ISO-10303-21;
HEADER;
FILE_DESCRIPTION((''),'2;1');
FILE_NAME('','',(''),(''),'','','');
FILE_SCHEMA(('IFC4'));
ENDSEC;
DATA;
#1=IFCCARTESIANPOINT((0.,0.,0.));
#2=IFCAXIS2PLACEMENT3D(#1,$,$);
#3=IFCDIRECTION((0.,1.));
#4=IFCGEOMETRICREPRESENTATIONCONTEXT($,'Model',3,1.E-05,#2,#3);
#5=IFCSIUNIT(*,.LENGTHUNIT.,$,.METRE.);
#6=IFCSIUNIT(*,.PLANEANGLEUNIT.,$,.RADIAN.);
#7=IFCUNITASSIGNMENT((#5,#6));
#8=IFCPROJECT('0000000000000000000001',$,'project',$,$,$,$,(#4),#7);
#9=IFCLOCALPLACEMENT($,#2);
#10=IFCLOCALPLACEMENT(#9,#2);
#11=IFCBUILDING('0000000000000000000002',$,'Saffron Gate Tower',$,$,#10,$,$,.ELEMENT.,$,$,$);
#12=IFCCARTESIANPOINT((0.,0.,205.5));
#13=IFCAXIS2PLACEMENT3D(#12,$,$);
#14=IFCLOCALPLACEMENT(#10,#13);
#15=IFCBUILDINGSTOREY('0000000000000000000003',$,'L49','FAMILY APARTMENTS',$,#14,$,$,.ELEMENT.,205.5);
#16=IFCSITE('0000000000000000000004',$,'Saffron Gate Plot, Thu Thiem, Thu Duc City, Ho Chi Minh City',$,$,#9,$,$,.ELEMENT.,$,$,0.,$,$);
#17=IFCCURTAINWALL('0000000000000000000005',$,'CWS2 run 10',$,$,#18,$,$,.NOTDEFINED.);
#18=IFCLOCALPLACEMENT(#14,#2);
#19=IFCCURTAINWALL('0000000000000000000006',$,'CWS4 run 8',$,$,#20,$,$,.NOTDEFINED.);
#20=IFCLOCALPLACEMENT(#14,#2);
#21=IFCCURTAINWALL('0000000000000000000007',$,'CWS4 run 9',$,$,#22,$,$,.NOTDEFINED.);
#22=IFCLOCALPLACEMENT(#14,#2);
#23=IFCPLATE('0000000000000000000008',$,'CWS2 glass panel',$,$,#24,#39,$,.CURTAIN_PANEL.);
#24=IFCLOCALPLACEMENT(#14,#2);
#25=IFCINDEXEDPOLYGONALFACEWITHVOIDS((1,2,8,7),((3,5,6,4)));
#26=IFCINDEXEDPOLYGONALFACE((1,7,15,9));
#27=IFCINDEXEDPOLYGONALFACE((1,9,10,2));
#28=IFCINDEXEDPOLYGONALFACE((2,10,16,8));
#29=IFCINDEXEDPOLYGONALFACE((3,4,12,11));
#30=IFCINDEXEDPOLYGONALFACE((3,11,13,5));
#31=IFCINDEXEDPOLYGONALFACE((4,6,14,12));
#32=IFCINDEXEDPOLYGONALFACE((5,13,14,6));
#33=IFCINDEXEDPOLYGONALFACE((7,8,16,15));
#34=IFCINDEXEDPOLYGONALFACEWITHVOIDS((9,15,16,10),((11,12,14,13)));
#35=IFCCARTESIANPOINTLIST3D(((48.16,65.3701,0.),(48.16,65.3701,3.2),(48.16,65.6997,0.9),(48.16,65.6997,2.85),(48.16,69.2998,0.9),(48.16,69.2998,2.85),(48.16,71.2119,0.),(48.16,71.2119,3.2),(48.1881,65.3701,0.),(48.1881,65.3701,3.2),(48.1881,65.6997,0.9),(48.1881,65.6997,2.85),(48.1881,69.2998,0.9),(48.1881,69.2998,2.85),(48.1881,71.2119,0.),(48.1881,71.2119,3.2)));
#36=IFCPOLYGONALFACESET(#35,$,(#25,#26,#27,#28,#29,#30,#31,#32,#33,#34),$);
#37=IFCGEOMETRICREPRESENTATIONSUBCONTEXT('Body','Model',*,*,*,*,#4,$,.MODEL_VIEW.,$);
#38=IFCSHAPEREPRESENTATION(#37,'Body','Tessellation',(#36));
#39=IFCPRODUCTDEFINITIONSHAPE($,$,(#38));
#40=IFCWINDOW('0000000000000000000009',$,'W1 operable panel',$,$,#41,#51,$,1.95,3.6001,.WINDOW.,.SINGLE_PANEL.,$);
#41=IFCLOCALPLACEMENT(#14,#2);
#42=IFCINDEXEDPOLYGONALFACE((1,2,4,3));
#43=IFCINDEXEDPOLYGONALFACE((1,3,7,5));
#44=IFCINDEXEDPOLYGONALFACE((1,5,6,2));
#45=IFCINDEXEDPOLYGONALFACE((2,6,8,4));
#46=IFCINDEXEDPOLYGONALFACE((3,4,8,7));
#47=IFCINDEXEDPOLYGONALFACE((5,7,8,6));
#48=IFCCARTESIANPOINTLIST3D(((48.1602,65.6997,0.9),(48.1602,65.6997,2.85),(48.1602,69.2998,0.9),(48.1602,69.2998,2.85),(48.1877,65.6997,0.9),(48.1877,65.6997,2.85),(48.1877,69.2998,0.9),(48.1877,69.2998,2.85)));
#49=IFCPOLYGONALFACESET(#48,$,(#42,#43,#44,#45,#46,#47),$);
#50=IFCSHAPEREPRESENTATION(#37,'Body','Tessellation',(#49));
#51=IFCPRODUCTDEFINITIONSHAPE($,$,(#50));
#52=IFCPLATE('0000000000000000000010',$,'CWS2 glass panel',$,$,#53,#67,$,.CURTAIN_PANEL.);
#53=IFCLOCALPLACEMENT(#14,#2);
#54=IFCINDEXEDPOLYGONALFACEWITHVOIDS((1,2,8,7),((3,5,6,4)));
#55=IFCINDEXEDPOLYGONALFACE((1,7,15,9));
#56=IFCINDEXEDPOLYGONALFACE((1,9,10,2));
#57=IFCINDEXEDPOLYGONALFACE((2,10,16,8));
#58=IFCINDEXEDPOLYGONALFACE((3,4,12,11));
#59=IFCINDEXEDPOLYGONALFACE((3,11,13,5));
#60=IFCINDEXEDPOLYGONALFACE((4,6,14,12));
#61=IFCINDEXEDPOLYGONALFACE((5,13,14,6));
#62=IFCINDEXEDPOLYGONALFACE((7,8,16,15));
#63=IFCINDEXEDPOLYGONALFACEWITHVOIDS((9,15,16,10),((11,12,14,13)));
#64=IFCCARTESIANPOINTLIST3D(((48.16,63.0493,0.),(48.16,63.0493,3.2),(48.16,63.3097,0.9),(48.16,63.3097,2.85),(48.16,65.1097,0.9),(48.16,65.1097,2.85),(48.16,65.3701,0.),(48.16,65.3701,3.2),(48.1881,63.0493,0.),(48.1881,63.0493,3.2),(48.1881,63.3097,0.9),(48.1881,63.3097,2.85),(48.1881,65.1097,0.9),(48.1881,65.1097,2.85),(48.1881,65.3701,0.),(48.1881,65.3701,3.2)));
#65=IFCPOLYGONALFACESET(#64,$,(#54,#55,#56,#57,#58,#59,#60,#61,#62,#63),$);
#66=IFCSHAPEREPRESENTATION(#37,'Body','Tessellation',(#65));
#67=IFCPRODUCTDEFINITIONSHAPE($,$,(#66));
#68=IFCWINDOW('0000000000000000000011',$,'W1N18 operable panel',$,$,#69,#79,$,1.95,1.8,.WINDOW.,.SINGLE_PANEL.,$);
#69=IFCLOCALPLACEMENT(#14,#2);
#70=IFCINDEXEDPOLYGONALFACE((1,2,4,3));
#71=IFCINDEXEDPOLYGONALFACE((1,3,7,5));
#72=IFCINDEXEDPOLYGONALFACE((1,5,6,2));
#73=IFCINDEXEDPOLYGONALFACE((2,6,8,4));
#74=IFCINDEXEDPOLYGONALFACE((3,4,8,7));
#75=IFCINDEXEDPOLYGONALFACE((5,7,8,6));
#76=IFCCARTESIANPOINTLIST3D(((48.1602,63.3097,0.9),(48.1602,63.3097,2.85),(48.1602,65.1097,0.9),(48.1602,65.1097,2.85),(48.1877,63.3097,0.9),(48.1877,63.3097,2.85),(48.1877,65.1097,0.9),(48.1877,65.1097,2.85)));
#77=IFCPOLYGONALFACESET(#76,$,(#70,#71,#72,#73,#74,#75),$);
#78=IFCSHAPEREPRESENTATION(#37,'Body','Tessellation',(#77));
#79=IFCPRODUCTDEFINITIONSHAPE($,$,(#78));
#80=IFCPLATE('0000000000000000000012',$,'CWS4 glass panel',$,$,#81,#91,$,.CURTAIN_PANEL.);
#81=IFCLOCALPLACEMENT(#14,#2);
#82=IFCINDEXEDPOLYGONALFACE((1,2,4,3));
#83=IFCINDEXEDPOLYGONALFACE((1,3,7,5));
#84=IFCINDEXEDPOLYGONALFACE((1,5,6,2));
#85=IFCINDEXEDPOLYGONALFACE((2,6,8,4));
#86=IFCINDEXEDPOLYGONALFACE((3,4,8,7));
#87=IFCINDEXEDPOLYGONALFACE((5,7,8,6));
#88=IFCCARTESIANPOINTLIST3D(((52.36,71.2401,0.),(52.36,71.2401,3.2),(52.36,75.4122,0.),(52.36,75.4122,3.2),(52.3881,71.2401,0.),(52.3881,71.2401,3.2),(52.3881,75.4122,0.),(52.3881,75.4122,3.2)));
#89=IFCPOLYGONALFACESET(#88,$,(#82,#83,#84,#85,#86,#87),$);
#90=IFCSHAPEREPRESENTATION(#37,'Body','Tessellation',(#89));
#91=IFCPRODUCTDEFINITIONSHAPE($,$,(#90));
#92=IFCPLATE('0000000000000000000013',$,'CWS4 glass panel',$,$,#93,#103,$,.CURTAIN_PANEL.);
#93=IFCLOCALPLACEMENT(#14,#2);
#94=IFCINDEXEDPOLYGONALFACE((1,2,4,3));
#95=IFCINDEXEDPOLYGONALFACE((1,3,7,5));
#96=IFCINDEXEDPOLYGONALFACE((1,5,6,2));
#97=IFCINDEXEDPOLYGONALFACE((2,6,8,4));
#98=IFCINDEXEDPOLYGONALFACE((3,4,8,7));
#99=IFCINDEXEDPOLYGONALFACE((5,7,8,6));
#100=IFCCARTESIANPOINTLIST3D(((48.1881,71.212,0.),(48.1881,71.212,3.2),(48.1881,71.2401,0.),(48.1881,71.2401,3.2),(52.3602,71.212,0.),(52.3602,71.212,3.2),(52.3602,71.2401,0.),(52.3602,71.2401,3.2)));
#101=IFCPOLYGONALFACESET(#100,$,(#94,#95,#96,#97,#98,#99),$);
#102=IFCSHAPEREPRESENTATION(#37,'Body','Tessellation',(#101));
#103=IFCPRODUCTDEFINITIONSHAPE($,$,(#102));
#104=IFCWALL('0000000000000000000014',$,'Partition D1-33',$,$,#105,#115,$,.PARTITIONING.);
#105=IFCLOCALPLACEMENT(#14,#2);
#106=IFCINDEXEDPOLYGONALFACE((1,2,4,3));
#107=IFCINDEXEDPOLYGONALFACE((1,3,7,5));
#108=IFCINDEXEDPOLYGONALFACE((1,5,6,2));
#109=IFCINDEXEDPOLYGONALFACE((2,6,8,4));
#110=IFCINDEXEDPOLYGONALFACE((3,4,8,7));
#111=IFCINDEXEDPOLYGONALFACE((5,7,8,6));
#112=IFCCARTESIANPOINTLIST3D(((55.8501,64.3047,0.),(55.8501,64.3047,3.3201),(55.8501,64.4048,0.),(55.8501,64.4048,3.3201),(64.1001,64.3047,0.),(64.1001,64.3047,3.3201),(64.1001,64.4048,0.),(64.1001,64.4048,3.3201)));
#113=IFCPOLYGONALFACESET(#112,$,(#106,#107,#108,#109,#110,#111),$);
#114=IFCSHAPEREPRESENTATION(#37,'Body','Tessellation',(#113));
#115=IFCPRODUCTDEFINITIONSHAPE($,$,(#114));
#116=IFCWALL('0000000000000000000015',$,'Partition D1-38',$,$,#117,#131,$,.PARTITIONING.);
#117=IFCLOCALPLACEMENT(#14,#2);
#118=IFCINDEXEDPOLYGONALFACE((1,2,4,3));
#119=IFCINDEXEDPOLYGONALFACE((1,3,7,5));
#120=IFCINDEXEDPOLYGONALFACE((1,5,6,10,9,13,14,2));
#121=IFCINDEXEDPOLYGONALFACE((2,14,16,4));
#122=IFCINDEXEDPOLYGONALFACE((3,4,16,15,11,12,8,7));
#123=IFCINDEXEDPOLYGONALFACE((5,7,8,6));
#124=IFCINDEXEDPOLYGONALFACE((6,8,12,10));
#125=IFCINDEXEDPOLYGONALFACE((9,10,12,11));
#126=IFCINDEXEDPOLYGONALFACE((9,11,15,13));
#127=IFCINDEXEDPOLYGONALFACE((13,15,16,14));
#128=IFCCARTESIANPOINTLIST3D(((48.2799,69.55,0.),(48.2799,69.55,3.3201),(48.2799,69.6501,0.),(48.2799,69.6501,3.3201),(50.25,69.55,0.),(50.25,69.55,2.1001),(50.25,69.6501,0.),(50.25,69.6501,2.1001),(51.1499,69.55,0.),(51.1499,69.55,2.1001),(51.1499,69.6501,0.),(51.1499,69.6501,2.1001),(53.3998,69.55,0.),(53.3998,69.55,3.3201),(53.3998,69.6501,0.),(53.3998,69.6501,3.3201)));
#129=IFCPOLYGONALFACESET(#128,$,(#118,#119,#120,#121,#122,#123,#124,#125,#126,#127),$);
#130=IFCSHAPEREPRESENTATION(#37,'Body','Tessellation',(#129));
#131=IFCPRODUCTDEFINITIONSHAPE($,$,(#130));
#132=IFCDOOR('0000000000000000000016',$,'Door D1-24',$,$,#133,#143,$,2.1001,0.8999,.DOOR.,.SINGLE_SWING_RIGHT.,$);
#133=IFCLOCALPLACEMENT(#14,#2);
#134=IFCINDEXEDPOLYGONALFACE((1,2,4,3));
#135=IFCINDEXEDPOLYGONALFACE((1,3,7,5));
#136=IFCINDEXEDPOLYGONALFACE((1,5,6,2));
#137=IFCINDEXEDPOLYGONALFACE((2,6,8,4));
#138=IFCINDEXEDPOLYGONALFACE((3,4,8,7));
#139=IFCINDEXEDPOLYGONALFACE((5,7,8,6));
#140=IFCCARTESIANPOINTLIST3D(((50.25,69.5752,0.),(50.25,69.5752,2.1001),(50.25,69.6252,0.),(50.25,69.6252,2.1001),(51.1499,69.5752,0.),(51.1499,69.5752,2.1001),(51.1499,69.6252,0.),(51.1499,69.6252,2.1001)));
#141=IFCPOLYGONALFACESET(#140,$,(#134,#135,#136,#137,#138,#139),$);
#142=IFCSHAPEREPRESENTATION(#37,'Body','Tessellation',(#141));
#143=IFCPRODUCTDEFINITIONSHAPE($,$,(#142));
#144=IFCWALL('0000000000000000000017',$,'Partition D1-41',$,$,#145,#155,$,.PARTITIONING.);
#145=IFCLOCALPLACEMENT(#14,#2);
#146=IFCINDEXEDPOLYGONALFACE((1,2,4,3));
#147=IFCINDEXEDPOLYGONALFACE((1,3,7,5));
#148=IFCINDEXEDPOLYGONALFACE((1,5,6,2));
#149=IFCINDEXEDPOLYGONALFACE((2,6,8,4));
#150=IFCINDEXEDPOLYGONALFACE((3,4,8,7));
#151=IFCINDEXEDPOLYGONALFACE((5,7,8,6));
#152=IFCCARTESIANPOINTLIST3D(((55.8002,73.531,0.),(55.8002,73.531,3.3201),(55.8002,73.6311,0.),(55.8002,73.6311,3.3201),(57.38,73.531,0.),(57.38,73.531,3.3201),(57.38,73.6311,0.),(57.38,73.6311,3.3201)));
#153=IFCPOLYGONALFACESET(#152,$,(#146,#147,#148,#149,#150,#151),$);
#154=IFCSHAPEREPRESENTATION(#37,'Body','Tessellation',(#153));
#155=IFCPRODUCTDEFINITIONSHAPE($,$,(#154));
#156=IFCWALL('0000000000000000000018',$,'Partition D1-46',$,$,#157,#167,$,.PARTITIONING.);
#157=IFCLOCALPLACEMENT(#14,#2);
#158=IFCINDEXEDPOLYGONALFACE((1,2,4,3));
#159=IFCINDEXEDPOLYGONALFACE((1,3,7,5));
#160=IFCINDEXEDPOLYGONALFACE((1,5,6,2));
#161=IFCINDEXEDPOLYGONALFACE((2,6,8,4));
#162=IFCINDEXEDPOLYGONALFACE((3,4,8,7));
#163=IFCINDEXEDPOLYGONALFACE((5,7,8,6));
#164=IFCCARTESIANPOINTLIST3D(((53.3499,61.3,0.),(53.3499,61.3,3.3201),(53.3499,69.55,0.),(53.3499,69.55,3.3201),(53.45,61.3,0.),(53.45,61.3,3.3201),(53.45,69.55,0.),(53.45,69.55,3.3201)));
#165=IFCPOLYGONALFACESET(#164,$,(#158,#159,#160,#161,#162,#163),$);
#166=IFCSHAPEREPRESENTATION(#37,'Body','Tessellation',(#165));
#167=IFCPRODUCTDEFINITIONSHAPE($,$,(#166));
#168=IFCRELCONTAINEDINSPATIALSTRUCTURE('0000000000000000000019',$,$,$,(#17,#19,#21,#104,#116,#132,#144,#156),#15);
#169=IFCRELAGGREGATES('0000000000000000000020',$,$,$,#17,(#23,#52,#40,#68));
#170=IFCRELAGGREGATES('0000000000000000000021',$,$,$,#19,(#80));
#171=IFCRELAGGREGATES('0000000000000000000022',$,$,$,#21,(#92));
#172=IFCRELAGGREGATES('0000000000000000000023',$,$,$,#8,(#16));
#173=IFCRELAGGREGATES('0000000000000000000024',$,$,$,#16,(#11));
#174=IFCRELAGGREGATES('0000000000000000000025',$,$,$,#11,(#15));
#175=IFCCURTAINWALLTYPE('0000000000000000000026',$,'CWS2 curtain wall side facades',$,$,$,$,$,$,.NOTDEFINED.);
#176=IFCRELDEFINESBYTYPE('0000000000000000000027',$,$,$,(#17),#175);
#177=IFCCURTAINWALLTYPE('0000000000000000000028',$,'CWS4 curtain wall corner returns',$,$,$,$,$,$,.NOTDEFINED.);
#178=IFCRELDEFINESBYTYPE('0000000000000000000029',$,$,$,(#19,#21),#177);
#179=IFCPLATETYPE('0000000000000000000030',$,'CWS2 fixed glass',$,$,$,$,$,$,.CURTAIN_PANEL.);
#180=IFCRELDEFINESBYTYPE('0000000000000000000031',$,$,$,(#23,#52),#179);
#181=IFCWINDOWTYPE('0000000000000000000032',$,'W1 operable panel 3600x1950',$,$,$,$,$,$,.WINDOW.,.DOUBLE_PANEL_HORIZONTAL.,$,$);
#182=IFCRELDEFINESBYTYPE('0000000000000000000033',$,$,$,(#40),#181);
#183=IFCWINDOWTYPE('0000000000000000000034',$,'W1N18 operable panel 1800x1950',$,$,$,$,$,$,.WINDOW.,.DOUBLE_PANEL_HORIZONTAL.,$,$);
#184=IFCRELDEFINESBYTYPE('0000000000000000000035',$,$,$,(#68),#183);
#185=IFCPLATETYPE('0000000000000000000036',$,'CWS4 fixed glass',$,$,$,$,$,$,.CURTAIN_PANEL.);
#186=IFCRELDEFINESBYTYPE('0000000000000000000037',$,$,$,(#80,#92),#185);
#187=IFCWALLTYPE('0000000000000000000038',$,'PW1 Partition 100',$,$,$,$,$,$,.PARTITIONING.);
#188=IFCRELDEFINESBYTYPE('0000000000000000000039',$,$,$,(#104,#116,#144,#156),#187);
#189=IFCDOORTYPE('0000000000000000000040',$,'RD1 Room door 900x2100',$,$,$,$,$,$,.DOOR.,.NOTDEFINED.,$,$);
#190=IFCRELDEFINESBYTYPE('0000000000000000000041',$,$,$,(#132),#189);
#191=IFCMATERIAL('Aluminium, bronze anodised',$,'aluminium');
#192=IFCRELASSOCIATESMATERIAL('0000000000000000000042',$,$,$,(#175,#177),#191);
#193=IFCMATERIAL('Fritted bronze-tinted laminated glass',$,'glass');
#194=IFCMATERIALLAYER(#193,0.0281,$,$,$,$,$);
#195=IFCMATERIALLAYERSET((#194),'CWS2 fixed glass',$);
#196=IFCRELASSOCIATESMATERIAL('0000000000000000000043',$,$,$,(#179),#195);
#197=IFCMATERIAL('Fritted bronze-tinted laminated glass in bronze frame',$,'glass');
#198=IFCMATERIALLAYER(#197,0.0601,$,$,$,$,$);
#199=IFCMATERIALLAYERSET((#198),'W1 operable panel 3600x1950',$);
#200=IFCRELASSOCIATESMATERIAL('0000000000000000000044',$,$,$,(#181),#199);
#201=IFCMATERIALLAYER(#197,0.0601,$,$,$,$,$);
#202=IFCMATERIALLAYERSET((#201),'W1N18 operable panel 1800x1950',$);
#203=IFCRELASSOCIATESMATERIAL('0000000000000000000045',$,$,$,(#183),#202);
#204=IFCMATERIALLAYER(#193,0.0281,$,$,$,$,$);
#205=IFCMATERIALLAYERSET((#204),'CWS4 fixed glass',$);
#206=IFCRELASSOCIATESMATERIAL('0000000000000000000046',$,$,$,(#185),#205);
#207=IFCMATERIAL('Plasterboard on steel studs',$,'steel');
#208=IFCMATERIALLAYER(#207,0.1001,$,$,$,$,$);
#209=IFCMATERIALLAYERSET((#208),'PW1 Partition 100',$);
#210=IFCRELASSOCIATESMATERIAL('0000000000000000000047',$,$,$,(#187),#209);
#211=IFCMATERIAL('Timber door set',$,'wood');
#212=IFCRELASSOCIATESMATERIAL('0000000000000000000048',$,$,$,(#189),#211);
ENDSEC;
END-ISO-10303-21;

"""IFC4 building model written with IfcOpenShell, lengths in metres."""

from ifc_helpers import new_model, si_unit, direction, frame, frame_2d, origin, place, context, subcontext, project, spatial, rectangle, extrude, material, layer, layer_set, type_object, element, fill, aggregate, save


model = new_model("IFC4")

# Units and contexts
model_context = context("Model", 3, precision=1e-05, world=origin(), true_north=direction((0.0, 1.0)))
body_context = subcontext(model_context, "Body", "Model", "MODEL_VIEW")
ifc_project = project(units=[si_unit("LENGTHUNIT", "METRE"), si_unit("PLANEANGLEUNIT", "RADIAN")], contexts=[model_context])

# Site, building, storey
site_placement = place(None, origin())
site = spatial("IfcSite", under=ifc_project, at=site_placement, Name="Saffron Gate Plot, Thu Thiem, Thu Duc City, Ho Chi Minh City", CompositionType="ELEMENT", RefElevation=0.0)
building_placement = place(site_placement, origin())
building = spatial("IfcBuilding", under=site, at=building_placement, Name="Saffron Gate Tower", CompositionType="ELEMENT")
storey_placement = place(building_placement, frame((0.0, 0.0, 205.5)))
storey = spatial("IfcBuildingStorey", under=building, at=storey_placement, Name="L49", Description="FAMILY APARTMENTS", CompositionType="ELEMENT", Elevation=205.5)

# Curtain wall
ifc_material_1 = material(Name="Aluminium, bronze anodised", Category="aluminium")
curtain_wall_type_1 = type_object("IfcCurtainWallType", Name="CWS2 curtain wall side facades", PredefinedType="NOTDEFINED", material=ifc_material_1)
curtain_wall_1_placement = place(storey_placement, origin())
curtain_wall_1 = element("IfcCurtainWall", 1, at=curtain_wall_1_placement, inside=storey, type_object=curtain_wall_type_1, Name="CWS2 run 10", PredefinedType="NOTDEFINED")

# Curtain walls
curtain_wall_type_2 = type_object("IfcCurtainWallType", Name="CWS4 curtain wall corner returns", PredefinedType="NOTDEFINED", material=ifc_material_1)
curtain_wall_2_placement = place(storey_placement, origin())
curtain_wall_2 = element("IfcCurtainWall", 2, at=curtain_wall_2_placement, inside=storey, type_object=curtain_wall_type_2, Name="CWS4 run 8", PredefinedType="NOTDEFINED")
curtain_wall_3_placement = place(storey_placement, origin())
curtain_wall_3 = element("IfcCurtainWall", 3, at=curtain_wall_3_placement, inside=storey, type_object=curtain_wall_type_2, Name="CWS4 run 9", PredefinedType="NOTDEFINED")

# Plates, openings, windows
ifc_material_2 = material(Name="Fritted bronze-tinted laminated glass", Category="glass")
ifc_layer_1 = layer(ifc_material_2, 0.0281)
ifc_layer_set_1 = layer_set([ifc_layer_1], Name="CWS2 fixed glass")
plate_type_1 = type_object("IfcPlateType", Name="CWS2 fixed glass", PredefinedType="CURTAIN_PANEL", material=ifc_layer_set_1)
plate_1_placement = place(storey_placement, frame((48.1741, 71.2119, 0.0), z_axis=(0.0, 0.0, 1.0), x_axis=(0.0, -1.0, 0.0)))
plate_1 = element("IfcPlate", 4, at=plate_1_placement, type_object=plate_type_1, Name="CWS2 glass panel", PredefinedType="CURTAIN_PANEL", context=body_context, shape_type="SweptSolid", body=[
    extrude(rectangle(XDim=5.8418, YDim=0.0281, at=frame_2d((2.9209, 0.0))), origin(), (0.0, 0.0, 1.0), 3.2),
])
opening_1_placement = place(plate_1_placement, frame((1.9121, 0.0, 0.8999)))
opening_1 = element("IfcOpeningElement", 5, at=opening_1_placement, cuts=plate_1, PredefinedType="OPENING", context=body_context, shape_type="SweptSolid", body=[
    extrude(rectangle(XDim=3.6001, YDim=1.95, at=frame_2d((1.8, 0.9751))), frame((0.0, 0.0239, 0.0), z_axis=(0.0, -1.0, 0.0), x_axis=(1.0, 0.0, 0.0)), (0.0, 0.0, 1.0), 0.0481),
])
ifc_material_3 = material(Name="Fritted bronze-tinted laminated glass in bronze frame", Category="glass")
ifc_layer_2 = layer(ifc_material_3, 0.0601)
ifc_layer_set_2 = layer_set([ifc_layer_2], Name="W1 operable panel 3600x1950")
window_type_1 = type_object("IfcWindowType", Name="W1 operable panel 3600x1950", PartitioningType="DOUBLE_PANEL_HORIZONTAL", PredefinedType="WINDOW", material=ifc_layer_set_2)
window_1_placement = place(opening_1_placement, origin())
window_1 = element("IfcWindow", 6, at=window_1_placement, type_object=window_type_1, Name="W1 operable panel", OverallHeight=1.95, OverallWidth=3.6001, PartitioningType="SINGLE_PANEL", PredefinedType="WINDOW", context=body_context, shape_type="SweptSolid", body=[
    extrude(rectangle(XDim=3.6001, YDim=1.95, at=frame_2d((1.8, 0.9751))), frame((0.0, 0.0137, 0.0), z_axis=(0.0, -1.0, 0.0), x_axis=(1.0, 0.0, 0.0)), (0.0, 0.0, 1.0), 0.0276),
])
fill(opening_1, window_1)
plate_2_placement = place(storey_placement, frame((48.1741, 65.3701, 0.0), z_axis=(0.0, 0.0, 1.0), x_axis=(0.0, -1.0, 0.0)))
plate_2 = element("IfcPlate", 7, at=plate_2_placement, type_object=plate_type_1, Name="CWS2 glass panel", PredefinedType="CURTAIN_PANEL", context=body_context, shape_type="SweptSolid", body=[
    extrude(rectangle(XDim=2.3208, YDim=0.0281, at=frame_2d((1.1604, 0.0))), origin(), (0.0, 0.0, 1.0), 3.2),
])
opening_2_placement = place(plate_2_placement, frame((0.2605, 0.0, 0.8999)))
opening_2 = element("IfcOpeningElement", 8, at=opening_2_placement, cuts=plate_2, PredefinedType="OPENING", context=body_context, shape_type="SweptSolid", body=[
    extrude(rectangle(XDim=1.8, YDim=1.95, at=frame_2d((0.8999, 0.9751))), frame((0.0, 0.0239, 0.0), z_axis=(0.0, -1.0, 0.0), x_axis=(1.0, 0.0, 0.0)), (0.0, 0.0, 1.0), 0.0481),
])
ifc_layer_3 = layer(ifc_material_3, 0.0601)
ifc_layer_set_3 = layer_set([ifc_layer_3], Name="W1N18 operable panel 1800x1950")
window_type_2 = type_object("IfcWindowType", Name="W1N18 operable panel 1800x1950", PartitioningType="DOUBLE_PANEL_HORIZONTAL", PredefinedType="WINDOW", material=ifc_layer_set_3)
window_2_placement = place(opening_2_placement, origin())
window_2 = element("IfcWindow", 9, at=window_2_placement, type_object=window_type_2, Name="W1N18 operable panel", OverallHeight=1.95, OverallWidth=1.8, PartitioningType="SINGLE_PANEL", PredefinedType="WINDOW", context=body_context, shape_type="SweptSolid", body=[
    extrude(rectangle(XDim=1.8, YDim=1.95, at=frame_2d((0.8999, 0.9751))), frame((0.0, 0.0137, 0.0), z_axis=(0.0, -1.0, 0.0), x_axis=(1.0, 0.0, 0.0)), (0.0, 0.0, 1.0), 0.0276),
])
fill(opening_2, window_2)
aggregate(curtain_wall_1, [plate_1, plate_2, window_1, window_2])

# Plates
ifc_layer_4 = layer(ifc_material_2, 0.0281)
ifc_layer_set_4 = layer_set([ifc_layer_4], Name="CWS4 fixed glass")
plate_type_2 = type_object("IfcPlateType", Name="CWS4 fixed glass", PredefinedType="CURTAIN_PANEL", material=ifc_layer_set_4)
plate_3_placement = place(storey_placement, frame((52.374, 75.4121, 0.0), z_axis=(0.0, 0.0, 1.0), x_axis=(0.0, -1.0, 0.0)))
plate_3 = element("IfcPlate", 10, at=plate_3_placement, type_object=plate_type_2, Name="CWS4 glass panel", PredefinedType="CURTAIN_PANEL", context=body_context, shape_type="SweptSolid", body=[
    extrude(rectangle(XDim=4.1721, YDim=0.0281, at=frame_2d((2.0859, 0.0))), origin(), (0.0, 0.0, 1.0), 3.2),
])
aggregate(curtain_wall_2, [plate_3])
plate_4_placement = place(storey_placement, frame((52.3601, 71.2261, 0.0), z_axis=(0.0, 0.0, 1.0), x_axis=(-1.0, 0.0, 0.0)))
plate_4 = element("IfcPlate", 11, at=plate_4_placement, type_object=plate_type_2, Name="CWS4 glass panel", PredefinedType="CURTAIN_PANEL", context=body_context, shape_type="SweptSolid", body=[
    extrude(rectangle(XDim=4.1721, YDim=0.0281, at=frame_2d((2.0859, 0.0))), origin(), (0.0, 0.0, 1.0), 3.2),
])
aggregate(curtain_wall_3, [plate_4])

# Wall
ifc_material_4 = material(Name="Plasterboard on steel studs", Category="steel")
ifc_layer_5 = layer(ifc_material_4, 0.1001)
ifc_layer_set_5 = layer_set([ifc_layer_5], Name="PW1 Partition 100")
wall_type_1 = type_object("IfcWallType", Name="PW1 Partition 100", PredefinedType="PARTITIONING", material=ifc_layer_set_5)
wall_1_placement = place(storey_placement, frame((55.8501, 64.3547, 0.0), z_axis=(0.0, 0.0, 1.0), x_axis=(1.0, 0.0, 0.0)))
element("IfcWall", 12, at=wall_1_placement, inside=storey, type_object=wall_type_1, Name="Partition D1-33", PredefinedType="PARTITIONING", context=body_context, shape_type="SweptSolid", body=[
    extrude(rectangle(XDim=8.25, YDim=0.1001, at=frame_2d((4.125, 0.0))), origin(), (0.0, 0.0, 1.0), 3.3201),
])

# Wall, opening, door
wall_2_placement = place(storey_placement, frame((53.3999, 69.6001, 0.0), z_axis=(0.0, 0.0, 1.0), x_axis=(-1.0, 0.0, 0.0)))
wall_2 = element("IfcWall", 13, at=wall_2_placement, inside=storey, type_object=wall_type_1, Name="Partition D1-38", PredefinedType="PARTITIONING", context=body_context, shape_type="SweptSolid", body=[
    extrude(rectangle(XDim=5.1199, YDim=0.1001, at=frame_2d((2.5601, 0.0))), origin(), (0.0, 0.0, 1.0), 3.3201),
])
opening_3_placement = place(wall_2_placement, frame((2.25, 0.0, 0.0)))
opening_3 = element("IfcOpeningElement", 14, at=opening_3_placement, cuts=wall_2, PredefinedType="OPENING", context=body_context, shape_type="SweptSolid", body=[
    extrude(rectangle(XDim=0.8999, YDim=2.1001, at=frame_2d((0.45, 1.05))), frame((0.0, 0.0601, 0.0), z_axis=(0.0, -1.0, 0.0), x_axis=(1.0, 0.0, 0.0)), (0.0, 0.0, 1.0), 0.1201),
])
ifc_material_5 = material(Name="Timber door set", Category="wood")
door_type_1 = type_object("IfcDoorType", Name="RD1 Room door 900x2100", OperationType="NOTDEFINED", PredefinedType="DOOR", material=ifc_material_5)
door_1_placement = place(opening_3_placement, origin())
door_1 = element("IfcDoor", 15, at=door_1_placement, inside=storey, type_object=door_type_1, Name="Door D1-24", OperationType="SINGLE_SWING_RIGHT", OverallHeight=2.1001, OverallWidth=0.8999, PredefinedType="DOOR", context=body_context, shape_type="SweptSolid", body=[
    extrude(rectangle(XDim=0.8999, YDim=2.1001, at=frame_2d((0.45, 1.05))), frame((0.0, 0.0249, 0.0), z_axis=(0.0, -1.0, 0.0), x_axis=(1.0, 0.0, 0.0)), (0.0, 0.0, 1.0), 0.05),
])
fill(opening_3, door_1)

# Walls
wall_3_placement = place(storey_placement, frame((55.8, 73.5811, 0.0), z_axis=(0.0, 0.0, 1.0), x_axis=(1.0, 0.0, 0.0)))
element("IfcWall", 16, at=wall_3_placement, inside=storey, type_object=wall_type_1, Name="Partition D1-41", PredefinedType="PARTITIONING", context=body_context, shape_type="SweptSolid", body=[
    extrude(rectangle(XDim=1.5798, YDim=0.1001, at=frame_2d((0.79, 0.0))), origin(), (0.0, 0.0, 1.0), 3.3201),
])
wall_4_placement = place(storey_placement, frame((53.3999, 69.55, 0.0), z_axis=(0.0, 0.0, 1.0), x_axis=(0.0, -1.0, 0.0)))
element("IfcWall", 17, at=wall_4_placement, inside=storey, type_object=wall_type_1, Name="Partition D1-46", PredefinedType="PARTITIONING", context=body_context, shape_type="SweptSolid", body=[
    extrude(rectangle(XDim=8.25, YDim=0.1001, at=frame_2d((4.125, 0.0))), origin(), (0.0, 0.0, 1.0), 3.3201),
])

save(model, "model.ifc")
